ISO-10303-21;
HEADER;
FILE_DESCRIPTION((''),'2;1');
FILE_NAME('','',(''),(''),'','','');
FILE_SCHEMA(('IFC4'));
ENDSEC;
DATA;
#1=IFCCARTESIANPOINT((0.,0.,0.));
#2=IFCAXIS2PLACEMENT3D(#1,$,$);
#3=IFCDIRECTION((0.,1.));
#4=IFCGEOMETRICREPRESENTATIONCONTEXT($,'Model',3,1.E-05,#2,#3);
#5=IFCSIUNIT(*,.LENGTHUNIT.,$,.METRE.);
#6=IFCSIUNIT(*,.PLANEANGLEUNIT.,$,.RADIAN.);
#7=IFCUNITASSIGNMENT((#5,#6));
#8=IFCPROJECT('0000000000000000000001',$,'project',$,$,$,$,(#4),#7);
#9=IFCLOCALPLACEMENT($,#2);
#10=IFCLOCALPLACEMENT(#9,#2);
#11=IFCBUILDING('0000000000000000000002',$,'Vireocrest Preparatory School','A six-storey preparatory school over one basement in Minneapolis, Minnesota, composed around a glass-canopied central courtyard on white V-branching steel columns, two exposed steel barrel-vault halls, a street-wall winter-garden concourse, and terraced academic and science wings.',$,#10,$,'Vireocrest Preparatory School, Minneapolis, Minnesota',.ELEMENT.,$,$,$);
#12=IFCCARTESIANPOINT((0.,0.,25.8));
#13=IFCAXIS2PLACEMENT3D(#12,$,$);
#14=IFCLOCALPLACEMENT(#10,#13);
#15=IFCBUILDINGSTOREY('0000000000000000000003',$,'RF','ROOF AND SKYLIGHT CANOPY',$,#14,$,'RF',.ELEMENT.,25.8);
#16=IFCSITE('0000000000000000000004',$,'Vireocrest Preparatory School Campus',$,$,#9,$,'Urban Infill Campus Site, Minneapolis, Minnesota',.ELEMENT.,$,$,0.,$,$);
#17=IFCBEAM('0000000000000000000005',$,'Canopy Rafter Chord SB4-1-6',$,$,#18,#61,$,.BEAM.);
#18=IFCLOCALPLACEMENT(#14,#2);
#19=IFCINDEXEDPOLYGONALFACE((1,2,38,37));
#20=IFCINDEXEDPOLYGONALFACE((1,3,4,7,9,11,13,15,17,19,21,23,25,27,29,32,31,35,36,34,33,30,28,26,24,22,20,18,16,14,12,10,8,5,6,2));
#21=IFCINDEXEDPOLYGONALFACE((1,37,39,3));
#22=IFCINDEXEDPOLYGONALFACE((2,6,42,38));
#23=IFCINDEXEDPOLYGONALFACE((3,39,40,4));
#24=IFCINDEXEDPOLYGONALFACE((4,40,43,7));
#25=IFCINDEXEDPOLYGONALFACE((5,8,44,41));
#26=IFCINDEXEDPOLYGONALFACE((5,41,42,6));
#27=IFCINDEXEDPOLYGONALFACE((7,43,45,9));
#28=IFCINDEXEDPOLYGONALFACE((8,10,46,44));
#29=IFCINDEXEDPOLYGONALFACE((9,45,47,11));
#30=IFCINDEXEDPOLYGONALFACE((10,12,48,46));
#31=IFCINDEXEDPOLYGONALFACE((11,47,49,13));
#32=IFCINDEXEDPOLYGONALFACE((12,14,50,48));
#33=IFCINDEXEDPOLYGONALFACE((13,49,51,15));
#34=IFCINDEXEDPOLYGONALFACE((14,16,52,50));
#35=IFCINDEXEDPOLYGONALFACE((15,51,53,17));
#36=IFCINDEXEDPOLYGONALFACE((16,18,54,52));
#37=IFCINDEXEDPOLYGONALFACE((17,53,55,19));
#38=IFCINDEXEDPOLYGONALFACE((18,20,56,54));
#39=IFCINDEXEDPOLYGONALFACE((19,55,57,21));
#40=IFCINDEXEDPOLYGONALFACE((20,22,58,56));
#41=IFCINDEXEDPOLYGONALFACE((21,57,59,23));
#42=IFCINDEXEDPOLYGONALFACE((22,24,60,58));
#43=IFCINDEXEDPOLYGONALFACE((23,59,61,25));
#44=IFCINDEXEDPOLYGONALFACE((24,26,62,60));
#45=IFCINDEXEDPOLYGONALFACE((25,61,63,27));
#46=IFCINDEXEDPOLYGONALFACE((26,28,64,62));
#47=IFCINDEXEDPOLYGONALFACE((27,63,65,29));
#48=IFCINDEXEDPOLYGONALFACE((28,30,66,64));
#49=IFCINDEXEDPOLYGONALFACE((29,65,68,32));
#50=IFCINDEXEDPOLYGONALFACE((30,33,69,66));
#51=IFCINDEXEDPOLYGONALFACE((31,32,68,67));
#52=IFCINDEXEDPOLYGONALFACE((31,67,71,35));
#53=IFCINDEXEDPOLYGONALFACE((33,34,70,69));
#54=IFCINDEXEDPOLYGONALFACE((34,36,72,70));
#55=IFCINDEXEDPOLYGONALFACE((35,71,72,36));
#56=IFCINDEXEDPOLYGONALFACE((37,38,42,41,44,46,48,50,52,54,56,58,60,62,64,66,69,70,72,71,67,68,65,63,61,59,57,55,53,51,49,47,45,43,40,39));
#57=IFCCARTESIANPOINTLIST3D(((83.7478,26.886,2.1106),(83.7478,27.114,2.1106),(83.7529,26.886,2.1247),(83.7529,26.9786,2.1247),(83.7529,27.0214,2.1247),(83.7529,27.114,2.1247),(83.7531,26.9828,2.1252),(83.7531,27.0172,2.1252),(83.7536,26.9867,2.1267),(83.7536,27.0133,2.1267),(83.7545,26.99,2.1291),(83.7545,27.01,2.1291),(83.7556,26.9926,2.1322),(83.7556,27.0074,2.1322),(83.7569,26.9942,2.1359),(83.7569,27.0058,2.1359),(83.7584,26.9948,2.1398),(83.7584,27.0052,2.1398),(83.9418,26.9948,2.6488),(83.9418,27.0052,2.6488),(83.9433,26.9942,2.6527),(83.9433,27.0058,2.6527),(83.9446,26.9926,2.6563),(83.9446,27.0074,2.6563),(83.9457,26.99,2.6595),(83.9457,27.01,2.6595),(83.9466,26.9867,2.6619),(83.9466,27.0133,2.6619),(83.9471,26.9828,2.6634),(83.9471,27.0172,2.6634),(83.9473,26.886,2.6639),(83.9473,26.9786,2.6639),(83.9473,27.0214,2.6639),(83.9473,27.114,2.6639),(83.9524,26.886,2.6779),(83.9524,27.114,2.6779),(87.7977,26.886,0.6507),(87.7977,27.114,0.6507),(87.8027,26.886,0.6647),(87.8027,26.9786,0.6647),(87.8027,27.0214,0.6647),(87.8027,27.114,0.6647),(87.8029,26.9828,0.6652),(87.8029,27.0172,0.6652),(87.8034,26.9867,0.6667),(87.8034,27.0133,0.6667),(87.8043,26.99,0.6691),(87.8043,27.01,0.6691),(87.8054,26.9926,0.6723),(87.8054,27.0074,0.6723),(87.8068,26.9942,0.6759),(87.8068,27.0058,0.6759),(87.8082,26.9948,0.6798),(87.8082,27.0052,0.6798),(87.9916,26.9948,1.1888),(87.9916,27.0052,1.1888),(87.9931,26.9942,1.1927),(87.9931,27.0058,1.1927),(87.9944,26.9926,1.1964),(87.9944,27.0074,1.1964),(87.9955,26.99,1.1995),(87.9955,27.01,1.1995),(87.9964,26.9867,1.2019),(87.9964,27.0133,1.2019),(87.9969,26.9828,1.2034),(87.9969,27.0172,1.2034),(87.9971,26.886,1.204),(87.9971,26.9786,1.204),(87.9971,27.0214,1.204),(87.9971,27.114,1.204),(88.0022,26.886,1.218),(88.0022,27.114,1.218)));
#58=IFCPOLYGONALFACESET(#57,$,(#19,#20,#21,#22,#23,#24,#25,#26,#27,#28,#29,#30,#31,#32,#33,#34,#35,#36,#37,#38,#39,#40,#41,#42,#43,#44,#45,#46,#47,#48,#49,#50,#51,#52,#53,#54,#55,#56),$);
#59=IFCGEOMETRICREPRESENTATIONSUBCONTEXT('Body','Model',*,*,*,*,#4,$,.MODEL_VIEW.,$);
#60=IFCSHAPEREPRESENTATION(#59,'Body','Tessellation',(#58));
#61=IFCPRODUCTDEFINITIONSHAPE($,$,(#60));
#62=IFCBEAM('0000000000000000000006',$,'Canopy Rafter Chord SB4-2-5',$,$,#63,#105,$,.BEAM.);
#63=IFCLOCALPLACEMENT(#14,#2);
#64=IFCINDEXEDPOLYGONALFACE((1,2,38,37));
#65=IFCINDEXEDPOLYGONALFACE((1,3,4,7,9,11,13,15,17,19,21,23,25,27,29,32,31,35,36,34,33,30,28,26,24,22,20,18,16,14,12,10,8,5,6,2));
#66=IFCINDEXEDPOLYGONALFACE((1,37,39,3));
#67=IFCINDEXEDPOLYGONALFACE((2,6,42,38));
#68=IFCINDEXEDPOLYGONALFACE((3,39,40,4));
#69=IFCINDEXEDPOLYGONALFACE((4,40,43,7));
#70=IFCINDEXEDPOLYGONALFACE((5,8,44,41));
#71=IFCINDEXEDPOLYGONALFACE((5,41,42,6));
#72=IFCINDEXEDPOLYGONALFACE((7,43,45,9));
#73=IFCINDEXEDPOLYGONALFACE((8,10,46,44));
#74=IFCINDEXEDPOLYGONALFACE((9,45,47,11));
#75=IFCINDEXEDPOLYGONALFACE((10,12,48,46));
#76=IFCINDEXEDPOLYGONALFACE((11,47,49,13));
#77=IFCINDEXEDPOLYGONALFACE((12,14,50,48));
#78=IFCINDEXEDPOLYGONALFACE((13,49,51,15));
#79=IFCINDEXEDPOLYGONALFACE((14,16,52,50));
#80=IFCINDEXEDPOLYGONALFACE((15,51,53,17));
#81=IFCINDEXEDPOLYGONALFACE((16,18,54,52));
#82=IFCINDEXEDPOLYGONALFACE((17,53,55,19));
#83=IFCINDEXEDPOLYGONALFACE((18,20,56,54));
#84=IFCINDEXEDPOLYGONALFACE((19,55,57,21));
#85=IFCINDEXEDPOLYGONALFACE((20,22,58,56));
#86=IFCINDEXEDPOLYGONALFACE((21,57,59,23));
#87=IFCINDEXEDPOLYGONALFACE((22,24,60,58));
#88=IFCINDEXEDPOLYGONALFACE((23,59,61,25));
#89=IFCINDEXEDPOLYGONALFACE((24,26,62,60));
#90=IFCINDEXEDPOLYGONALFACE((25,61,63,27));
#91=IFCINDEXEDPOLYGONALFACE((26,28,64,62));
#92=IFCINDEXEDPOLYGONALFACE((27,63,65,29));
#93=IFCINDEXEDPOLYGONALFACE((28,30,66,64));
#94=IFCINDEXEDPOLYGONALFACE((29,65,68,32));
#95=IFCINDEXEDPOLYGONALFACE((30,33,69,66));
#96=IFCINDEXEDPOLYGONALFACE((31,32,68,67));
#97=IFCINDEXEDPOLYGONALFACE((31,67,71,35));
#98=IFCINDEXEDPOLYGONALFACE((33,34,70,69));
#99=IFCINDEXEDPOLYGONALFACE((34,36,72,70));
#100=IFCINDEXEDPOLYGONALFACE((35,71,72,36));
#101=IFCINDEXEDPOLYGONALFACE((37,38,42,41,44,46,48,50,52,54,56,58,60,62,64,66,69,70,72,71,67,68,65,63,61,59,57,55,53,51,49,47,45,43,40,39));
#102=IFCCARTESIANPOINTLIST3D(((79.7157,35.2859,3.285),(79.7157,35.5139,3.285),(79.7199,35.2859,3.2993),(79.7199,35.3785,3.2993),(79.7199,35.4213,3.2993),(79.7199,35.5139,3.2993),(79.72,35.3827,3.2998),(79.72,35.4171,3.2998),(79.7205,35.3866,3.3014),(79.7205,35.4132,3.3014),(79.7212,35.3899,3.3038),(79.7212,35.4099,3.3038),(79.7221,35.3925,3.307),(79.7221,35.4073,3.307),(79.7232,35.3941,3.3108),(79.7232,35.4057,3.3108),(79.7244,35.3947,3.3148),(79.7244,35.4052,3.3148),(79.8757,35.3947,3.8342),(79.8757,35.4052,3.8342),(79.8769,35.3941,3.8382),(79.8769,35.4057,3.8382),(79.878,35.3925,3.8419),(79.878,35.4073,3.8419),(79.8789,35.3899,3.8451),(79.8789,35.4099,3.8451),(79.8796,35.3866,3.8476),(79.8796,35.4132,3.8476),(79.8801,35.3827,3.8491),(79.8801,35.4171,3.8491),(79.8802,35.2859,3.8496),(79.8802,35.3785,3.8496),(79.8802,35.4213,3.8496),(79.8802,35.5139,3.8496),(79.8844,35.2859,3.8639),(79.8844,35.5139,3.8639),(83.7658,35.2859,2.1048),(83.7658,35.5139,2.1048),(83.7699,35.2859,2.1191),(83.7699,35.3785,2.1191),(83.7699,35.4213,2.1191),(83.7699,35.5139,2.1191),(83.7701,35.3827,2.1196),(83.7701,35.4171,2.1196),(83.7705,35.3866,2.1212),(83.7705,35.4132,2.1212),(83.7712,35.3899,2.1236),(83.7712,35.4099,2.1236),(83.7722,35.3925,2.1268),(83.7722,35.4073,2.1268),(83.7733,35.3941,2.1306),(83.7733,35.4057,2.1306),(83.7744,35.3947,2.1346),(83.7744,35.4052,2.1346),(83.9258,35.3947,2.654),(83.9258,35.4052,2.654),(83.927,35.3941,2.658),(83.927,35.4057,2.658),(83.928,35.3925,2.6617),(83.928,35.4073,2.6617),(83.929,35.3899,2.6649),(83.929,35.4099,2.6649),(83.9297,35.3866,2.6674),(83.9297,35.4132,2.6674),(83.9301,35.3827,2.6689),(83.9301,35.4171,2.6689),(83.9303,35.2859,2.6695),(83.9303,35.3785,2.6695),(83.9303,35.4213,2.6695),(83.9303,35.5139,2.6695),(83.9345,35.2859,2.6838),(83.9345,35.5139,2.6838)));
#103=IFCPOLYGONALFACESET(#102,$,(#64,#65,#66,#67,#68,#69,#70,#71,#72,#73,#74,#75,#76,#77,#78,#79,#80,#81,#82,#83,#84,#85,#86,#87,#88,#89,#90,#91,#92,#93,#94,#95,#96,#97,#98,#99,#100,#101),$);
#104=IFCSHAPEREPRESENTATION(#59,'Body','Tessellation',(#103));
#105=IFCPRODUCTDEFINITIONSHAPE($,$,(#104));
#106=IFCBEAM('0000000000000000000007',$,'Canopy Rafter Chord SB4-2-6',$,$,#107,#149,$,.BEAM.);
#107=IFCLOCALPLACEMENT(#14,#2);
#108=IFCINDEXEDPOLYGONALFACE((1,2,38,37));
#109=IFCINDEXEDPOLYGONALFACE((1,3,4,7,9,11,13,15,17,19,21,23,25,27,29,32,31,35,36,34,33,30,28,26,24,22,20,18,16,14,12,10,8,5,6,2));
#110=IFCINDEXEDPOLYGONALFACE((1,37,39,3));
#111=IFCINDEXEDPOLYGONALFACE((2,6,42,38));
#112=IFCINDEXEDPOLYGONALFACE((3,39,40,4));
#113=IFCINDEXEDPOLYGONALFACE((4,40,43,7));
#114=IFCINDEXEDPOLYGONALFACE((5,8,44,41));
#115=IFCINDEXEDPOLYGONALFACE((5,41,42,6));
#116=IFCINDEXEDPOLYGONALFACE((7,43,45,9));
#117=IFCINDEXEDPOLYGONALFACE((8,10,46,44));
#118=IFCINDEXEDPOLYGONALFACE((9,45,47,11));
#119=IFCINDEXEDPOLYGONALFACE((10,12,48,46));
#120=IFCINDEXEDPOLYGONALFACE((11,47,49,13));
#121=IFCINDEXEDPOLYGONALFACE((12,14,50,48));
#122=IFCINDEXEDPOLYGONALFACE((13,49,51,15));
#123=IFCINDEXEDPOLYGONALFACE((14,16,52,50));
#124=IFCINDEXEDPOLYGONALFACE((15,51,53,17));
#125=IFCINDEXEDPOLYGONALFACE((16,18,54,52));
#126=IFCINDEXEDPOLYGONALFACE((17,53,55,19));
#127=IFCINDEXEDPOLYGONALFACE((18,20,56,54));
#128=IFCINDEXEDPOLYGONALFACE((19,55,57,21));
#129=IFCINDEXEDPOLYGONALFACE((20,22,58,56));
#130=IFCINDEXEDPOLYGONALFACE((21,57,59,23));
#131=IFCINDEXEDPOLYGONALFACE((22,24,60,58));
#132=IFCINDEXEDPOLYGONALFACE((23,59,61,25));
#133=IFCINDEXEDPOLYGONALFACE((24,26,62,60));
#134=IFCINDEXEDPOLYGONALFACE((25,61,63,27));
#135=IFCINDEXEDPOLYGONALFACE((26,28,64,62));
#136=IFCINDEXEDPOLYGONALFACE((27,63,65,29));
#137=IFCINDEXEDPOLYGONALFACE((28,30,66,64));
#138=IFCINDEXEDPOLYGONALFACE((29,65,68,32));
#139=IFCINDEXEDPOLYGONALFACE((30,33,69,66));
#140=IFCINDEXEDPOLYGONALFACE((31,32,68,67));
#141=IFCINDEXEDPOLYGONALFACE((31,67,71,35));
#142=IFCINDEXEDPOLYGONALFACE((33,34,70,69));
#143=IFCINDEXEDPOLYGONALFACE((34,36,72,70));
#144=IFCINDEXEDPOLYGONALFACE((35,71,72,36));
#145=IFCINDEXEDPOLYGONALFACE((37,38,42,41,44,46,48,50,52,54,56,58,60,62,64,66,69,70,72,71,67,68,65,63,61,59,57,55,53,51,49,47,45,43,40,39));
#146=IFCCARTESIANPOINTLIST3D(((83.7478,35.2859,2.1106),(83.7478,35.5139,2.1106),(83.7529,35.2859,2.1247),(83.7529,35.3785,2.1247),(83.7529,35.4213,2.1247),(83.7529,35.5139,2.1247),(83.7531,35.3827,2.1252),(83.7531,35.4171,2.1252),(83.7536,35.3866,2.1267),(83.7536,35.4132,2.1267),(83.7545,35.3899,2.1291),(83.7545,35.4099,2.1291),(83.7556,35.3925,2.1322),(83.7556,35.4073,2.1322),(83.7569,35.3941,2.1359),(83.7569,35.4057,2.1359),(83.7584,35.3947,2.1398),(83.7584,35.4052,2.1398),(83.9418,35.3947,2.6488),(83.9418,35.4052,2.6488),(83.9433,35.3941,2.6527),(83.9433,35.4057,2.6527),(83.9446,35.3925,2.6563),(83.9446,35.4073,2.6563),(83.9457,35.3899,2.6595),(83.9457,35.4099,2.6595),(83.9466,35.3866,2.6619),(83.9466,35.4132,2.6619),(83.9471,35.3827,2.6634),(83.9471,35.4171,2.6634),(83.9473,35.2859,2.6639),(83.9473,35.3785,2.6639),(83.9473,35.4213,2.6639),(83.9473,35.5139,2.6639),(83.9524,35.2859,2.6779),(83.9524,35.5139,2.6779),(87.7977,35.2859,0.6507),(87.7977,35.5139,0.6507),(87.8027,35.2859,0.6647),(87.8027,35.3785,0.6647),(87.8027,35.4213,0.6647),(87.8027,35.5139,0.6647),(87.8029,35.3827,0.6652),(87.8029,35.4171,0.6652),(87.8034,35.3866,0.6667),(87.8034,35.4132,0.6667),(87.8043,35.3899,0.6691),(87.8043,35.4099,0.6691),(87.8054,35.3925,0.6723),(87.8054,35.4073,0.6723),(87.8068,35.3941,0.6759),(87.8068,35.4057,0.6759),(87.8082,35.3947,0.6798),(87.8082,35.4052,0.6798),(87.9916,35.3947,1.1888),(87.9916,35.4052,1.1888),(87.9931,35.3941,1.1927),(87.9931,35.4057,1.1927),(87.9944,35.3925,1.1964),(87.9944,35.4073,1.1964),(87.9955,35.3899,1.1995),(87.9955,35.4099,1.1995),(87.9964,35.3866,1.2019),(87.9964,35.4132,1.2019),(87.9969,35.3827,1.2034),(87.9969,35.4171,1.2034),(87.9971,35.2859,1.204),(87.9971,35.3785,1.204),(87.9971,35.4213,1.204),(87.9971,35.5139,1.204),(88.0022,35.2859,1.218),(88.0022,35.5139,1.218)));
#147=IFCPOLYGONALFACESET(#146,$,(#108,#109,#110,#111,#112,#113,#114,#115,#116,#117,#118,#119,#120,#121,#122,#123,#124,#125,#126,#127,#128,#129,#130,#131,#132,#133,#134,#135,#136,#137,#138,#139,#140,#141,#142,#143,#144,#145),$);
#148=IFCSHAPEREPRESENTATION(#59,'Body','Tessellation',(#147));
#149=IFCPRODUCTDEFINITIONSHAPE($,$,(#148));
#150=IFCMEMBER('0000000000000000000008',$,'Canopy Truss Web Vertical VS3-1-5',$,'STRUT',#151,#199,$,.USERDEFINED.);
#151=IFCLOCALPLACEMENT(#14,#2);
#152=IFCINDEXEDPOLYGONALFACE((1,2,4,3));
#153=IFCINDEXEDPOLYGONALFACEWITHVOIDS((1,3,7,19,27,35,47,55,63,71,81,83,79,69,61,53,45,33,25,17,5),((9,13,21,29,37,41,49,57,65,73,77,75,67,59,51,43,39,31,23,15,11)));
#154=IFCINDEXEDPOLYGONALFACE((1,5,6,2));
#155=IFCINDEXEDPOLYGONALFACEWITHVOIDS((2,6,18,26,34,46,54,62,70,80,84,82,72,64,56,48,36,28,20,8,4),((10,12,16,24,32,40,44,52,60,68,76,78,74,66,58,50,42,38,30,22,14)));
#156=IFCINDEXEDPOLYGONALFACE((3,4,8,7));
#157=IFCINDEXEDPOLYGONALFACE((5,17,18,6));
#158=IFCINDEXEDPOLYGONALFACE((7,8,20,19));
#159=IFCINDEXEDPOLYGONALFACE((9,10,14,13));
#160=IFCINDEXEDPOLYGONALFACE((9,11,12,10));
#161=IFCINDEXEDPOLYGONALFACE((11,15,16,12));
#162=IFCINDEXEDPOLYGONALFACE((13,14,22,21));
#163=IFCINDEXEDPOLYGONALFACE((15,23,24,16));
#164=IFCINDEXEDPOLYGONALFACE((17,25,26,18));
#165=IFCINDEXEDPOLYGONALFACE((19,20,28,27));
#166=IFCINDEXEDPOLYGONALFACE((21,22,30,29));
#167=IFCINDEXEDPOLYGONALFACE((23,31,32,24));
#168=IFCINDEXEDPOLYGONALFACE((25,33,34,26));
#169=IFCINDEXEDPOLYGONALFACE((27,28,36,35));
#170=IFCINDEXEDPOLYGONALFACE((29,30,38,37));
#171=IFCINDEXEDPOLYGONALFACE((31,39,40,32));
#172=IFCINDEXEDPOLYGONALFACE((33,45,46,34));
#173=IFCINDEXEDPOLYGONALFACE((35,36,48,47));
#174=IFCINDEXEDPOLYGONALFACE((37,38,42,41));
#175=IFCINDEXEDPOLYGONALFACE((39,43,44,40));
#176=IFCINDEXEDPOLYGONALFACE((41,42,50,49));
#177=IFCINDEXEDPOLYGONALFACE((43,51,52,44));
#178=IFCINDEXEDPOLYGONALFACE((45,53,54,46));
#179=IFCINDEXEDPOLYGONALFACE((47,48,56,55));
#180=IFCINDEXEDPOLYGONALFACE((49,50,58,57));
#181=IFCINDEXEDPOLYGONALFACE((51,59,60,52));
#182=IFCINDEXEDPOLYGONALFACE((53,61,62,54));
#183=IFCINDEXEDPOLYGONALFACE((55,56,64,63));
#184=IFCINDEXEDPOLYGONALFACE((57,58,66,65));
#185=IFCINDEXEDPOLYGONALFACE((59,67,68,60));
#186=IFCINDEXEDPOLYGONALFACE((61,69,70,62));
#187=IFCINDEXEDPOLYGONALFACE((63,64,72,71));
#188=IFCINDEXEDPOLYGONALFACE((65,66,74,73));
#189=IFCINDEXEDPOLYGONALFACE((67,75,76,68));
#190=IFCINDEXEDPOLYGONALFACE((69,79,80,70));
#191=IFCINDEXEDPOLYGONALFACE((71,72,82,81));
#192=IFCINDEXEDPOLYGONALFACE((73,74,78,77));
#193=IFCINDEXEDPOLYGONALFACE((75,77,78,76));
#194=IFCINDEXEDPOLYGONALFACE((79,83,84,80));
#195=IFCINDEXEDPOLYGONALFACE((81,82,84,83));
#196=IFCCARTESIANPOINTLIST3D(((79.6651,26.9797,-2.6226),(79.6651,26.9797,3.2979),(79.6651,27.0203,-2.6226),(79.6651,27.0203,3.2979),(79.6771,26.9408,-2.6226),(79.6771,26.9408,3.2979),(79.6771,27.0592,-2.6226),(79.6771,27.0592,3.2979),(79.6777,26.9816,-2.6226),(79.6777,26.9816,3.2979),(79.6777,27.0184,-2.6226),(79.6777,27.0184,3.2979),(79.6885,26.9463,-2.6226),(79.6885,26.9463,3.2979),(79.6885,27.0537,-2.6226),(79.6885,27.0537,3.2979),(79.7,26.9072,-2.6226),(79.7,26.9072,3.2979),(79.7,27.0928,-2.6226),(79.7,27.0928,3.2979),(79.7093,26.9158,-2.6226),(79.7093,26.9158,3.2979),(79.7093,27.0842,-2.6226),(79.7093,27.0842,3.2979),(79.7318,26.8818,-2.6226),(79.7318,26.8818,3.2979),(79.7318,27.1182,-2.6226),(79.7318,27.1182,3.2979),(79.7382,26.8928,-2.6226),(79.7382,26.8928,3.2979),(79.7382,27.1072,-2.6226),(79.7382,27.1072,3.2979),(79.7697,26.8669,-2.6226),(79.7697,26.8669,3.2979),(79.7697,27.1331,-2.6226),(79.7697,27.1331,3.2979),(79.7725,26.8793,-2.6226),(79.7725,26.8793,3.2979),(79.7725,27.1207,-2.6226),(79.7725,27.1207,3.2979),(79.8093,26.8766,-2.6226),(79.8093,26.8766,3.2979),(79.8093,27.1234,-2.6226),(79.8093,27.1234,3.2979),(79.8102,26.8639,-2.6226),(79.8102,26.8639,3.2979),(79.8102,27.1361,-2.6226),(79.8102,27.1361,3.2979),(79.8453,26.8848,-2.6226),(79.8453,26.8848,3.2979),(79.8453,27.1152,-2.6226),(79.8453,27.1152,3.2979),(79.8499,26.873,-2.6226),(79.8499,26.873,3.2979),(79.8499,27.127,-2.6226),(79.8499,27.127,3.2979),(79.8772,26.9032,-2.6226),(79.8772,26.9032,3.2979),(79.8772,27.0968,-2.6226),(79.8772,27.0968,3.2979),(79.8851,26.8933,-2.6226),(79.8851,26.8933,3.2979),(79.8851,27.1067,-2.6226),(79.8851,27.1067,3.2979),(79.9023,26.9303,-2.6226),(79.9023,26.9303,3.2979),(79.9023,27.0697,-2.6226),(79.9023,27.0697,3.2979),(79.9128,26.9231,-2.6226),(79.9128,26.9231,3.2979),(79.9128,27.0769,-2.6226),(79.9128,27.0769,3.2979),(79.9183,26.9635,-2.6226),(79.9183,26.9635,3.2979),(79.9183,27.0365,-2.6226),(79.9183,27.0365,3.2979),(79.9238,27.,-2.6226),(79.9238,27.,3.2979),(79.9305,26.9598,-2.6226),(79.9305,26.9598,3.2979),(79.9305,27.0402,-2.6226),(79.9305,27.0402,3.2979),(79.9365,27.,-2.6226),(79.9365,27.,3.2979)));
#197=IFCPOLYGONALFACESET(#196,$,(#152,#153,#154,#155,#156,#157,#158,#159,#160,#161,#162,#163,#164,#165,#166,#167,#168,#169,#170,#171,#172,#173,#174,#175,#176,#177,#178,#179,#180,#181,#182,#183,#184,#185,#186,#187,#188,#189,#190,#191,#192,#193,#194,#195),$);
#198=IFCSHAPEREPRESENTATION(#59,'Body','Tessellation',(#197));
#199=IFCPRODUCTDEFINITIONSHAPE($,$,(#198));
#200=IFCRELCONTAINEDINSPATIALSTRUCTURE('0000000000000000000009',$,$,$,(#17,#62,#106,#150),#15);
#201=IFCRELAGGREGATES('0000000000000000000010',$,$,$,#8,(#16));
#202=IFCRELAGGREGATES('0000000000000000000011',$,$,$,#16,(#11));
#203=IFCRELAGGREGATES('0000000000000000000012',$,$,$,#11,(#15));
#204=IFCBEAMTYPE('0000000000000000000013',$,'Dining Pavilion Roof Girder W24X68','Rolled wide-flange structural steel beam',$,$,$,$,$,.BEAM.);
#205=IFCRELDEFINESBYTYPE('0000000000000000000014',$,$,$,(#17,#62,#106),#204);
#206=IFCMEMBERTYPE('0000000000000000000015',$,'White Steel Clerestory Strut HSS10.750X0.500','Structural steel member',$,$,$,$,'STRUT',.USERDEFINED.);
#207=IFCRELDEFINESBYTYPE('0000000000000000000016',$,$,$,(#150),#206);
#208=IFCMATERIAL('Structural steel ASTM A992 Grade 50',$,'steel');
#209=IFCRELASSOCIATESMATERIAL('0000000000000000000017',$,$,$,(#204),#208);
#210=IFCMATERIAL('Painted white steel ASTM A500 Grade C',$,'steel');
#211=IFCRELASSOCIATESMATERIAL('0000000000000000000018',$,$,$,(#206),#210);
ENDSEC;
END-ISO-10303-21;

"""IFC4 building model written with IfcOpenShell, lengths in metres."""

from ifc_helpers import new_model, si_unit, direction, frame, origin, origin_2d, place, context, subcontext, project, spatial, hollow_circle, i_section, extrude, material, material_profile, profile_set, type_object, element, save


model = new_model("IFC4")

# Units and contexts
model_context = context("Model", 3, precision=1e-05, world=origin(), true_north=direction((0.0, 1.0)))
body_context = subcontext(model_context, "Body", "Model", "MODEL_VIEW")
ifc_project = project(units=[si_unit("LENGTHUNIT", "METRE"), si_unit("PLANEANGLEUNIT", "RADIAN")], contexts=[model_context])

# Site, building, storey
site_placement = place(None, origin())
site = spatial("IfcSite", under=ifc_project, at=site_placement, Name="Vireocrest Preparatory School Campus", LongName="Urban Infill Campus Site, Minneapolis, Minnesota", CompositionType="ELEMENT", RefElevation=0.0)
building_placement = place(site_placement, origin())
building = spatial("IfcBuilding", under=site, at=building_placement, Name="Vireocrest Preparatory School", Description="A six-storey preparatory school over one basement in Minneapolis, Minnesota, composed around a glass-canopied central courtyard on white V-branching steel columns, two exposed steel barrel-vault halls, a street-wall winter-garden concourse, and terraced academic and science wings.", LongName="Vireocrest Preparatory School, Minneapolis, Minnesota", CompositionType="ELEMENT")
storey_placement = place(building_placement, frame((0.0, 0.0, 25.8)))
storey = spatial("IfcBuildingStorey", under=building, at=storey_placement, Name="RF", Description="ROOF AND SKYLIGHT CANOPY", LongName="RF", CompositionType="ELEMENT", Elevation=25.8)

# Shared definitions
ifc_material_1 = material(Name="Painted white steel ASTM A500 Grade C", Category="steel")
ifc_material_2 = material(Name="Structural steel ASTM A992 Grade 50", Category="steel")

# Beams
ifc_material_profile_1 = material_profile(ifc_material_2, i_section(OverallWidth=0.228, OverallDepth=0.603, WebThickness=0.0105, FlangeThickness=0.0149, FilletRadius=0.0161, at=origin_2d()), Name="W24X68")
ifc_profile_set_1 = profile_set([ifc_material_profile_1], Name="Structural steel ASTM A992 Grade 50")
beam_type = type_object("IfcBeamType", Name="Dining Pavilion Roof Girder W24X68", Description="Rolled wide-flange structural steel beam", PredefinedType="BEAM", material=ifc_profile_set_1)
beam_1_placement = place(storey_placement, frame((83.8501, 27.0, 2.3943), z_axis=(0.940737, 0.0, -0.339137), x_axis=(0.0, 1.0, 0.0)))
element("IfcBeam", 1, at=beam_1_placement, inside=storey, type_object=beam_type, Name="Canopy Rafter Chord SB4-1-6", PredefinedType="BEAM", context=body_context, shape_type="SweptSolid", body=[
    extrude(i_section(OverallWidth=0.228, OverallDepth=0.603, WebThickness=0.0105, FlangeThickness=0.0149, FilletRadius=0.0161, at=origin_2d()), origin(), (0.0, 0.0, 1.0), 4.3049),
])
beam_2_placement = place(storey_placement, frame((79.8, 35.3999, 3.5745), z_axis=(0.960069, 0.0, -0.279762), x_axis=(0.0, 1.0, 0.0)))
element("IfcBeam", 2, at=beam_2_placement, inside=storey, type_object=beam_type, Name="Canopy Rafter Chord SB4-2-5", PredefinedType="BEAM", context=body_context, shape_type="SweptSolid", body=[
    extrude(i_section(OverallWidth=0.228, OverallDepth=0.603, WebThickness=0.0105, FlangeThickness=0.0149, FilletRadius=0.0161, at=origin_2d()), origin(), (0.0, 0.0, 1.0), 4.2185),
])
beam_3_placement = place(storey_placement, frame((83.8501, 35.3999, 2.3943), z_axis=(0.940737, 0.0, -0.339137), x_axis=(0.0, 1.0, 0.0)))
element("IfcBeam", 3, at=beam_3_placement, inside=storey, type_object=beam_type, Name="Canopy Rafter Chord SB4-2-6", PredefinedType="BEAM", context=body_context, shape_type="SweptSolid", body=[
    extrude(i_section(OverallWidth=0.228, OverallDepth=0.603, WebThickness=0.0105, FlangeThickness=0.0149, FilletRadius=0.0161, at=origin_2d()), origin(), (0.0, 0.0, 1.0), 4.3049),
])

# Member
ifc_material_profile_2 = material_profile(ifc_material_1, hollow_circle(Radius=0.1365, WallThickness=0.0127, at=origin_2d()), Name="HSS10.750X0.500")
ifc_profile_set_2 = profile_set([ifc_material_profile_2], Name="Painted white steel ASTM A500 Grade C")
member_type_1 = type_object("IfcMemberType", Name="White Steel Clerestory Strut HSS10.750X0.500", Description="Structural steel member", ElementType="STRUT", PredefinedType="USERDEFINED", material=ifc_profile_set_2)
member_1_placement = place(storey_placement, frame((79.8, 27.0, -2.6226), z_axis=(0.0, 0.0, 1.0), x_axis=(1.0, 0.0, 0.0)))
element("IfcMember", 4, at=member_1_placement, inside=storey, type_object=member_type_1, Name="Canopy Truss Web Vertical VS3-1-5", ObjectType="STRUT", PredefinedType="USERDEFINED", context=body_context, shape_type="SweptSolid", body=[
    extrude(hollow_circle(Radius=0.1365, WallThickness=0.0127, at=origin_2d()), origin(), (0.0, 0.0, 1.0), 5.9204),
])

save(model, "model.ifc")
